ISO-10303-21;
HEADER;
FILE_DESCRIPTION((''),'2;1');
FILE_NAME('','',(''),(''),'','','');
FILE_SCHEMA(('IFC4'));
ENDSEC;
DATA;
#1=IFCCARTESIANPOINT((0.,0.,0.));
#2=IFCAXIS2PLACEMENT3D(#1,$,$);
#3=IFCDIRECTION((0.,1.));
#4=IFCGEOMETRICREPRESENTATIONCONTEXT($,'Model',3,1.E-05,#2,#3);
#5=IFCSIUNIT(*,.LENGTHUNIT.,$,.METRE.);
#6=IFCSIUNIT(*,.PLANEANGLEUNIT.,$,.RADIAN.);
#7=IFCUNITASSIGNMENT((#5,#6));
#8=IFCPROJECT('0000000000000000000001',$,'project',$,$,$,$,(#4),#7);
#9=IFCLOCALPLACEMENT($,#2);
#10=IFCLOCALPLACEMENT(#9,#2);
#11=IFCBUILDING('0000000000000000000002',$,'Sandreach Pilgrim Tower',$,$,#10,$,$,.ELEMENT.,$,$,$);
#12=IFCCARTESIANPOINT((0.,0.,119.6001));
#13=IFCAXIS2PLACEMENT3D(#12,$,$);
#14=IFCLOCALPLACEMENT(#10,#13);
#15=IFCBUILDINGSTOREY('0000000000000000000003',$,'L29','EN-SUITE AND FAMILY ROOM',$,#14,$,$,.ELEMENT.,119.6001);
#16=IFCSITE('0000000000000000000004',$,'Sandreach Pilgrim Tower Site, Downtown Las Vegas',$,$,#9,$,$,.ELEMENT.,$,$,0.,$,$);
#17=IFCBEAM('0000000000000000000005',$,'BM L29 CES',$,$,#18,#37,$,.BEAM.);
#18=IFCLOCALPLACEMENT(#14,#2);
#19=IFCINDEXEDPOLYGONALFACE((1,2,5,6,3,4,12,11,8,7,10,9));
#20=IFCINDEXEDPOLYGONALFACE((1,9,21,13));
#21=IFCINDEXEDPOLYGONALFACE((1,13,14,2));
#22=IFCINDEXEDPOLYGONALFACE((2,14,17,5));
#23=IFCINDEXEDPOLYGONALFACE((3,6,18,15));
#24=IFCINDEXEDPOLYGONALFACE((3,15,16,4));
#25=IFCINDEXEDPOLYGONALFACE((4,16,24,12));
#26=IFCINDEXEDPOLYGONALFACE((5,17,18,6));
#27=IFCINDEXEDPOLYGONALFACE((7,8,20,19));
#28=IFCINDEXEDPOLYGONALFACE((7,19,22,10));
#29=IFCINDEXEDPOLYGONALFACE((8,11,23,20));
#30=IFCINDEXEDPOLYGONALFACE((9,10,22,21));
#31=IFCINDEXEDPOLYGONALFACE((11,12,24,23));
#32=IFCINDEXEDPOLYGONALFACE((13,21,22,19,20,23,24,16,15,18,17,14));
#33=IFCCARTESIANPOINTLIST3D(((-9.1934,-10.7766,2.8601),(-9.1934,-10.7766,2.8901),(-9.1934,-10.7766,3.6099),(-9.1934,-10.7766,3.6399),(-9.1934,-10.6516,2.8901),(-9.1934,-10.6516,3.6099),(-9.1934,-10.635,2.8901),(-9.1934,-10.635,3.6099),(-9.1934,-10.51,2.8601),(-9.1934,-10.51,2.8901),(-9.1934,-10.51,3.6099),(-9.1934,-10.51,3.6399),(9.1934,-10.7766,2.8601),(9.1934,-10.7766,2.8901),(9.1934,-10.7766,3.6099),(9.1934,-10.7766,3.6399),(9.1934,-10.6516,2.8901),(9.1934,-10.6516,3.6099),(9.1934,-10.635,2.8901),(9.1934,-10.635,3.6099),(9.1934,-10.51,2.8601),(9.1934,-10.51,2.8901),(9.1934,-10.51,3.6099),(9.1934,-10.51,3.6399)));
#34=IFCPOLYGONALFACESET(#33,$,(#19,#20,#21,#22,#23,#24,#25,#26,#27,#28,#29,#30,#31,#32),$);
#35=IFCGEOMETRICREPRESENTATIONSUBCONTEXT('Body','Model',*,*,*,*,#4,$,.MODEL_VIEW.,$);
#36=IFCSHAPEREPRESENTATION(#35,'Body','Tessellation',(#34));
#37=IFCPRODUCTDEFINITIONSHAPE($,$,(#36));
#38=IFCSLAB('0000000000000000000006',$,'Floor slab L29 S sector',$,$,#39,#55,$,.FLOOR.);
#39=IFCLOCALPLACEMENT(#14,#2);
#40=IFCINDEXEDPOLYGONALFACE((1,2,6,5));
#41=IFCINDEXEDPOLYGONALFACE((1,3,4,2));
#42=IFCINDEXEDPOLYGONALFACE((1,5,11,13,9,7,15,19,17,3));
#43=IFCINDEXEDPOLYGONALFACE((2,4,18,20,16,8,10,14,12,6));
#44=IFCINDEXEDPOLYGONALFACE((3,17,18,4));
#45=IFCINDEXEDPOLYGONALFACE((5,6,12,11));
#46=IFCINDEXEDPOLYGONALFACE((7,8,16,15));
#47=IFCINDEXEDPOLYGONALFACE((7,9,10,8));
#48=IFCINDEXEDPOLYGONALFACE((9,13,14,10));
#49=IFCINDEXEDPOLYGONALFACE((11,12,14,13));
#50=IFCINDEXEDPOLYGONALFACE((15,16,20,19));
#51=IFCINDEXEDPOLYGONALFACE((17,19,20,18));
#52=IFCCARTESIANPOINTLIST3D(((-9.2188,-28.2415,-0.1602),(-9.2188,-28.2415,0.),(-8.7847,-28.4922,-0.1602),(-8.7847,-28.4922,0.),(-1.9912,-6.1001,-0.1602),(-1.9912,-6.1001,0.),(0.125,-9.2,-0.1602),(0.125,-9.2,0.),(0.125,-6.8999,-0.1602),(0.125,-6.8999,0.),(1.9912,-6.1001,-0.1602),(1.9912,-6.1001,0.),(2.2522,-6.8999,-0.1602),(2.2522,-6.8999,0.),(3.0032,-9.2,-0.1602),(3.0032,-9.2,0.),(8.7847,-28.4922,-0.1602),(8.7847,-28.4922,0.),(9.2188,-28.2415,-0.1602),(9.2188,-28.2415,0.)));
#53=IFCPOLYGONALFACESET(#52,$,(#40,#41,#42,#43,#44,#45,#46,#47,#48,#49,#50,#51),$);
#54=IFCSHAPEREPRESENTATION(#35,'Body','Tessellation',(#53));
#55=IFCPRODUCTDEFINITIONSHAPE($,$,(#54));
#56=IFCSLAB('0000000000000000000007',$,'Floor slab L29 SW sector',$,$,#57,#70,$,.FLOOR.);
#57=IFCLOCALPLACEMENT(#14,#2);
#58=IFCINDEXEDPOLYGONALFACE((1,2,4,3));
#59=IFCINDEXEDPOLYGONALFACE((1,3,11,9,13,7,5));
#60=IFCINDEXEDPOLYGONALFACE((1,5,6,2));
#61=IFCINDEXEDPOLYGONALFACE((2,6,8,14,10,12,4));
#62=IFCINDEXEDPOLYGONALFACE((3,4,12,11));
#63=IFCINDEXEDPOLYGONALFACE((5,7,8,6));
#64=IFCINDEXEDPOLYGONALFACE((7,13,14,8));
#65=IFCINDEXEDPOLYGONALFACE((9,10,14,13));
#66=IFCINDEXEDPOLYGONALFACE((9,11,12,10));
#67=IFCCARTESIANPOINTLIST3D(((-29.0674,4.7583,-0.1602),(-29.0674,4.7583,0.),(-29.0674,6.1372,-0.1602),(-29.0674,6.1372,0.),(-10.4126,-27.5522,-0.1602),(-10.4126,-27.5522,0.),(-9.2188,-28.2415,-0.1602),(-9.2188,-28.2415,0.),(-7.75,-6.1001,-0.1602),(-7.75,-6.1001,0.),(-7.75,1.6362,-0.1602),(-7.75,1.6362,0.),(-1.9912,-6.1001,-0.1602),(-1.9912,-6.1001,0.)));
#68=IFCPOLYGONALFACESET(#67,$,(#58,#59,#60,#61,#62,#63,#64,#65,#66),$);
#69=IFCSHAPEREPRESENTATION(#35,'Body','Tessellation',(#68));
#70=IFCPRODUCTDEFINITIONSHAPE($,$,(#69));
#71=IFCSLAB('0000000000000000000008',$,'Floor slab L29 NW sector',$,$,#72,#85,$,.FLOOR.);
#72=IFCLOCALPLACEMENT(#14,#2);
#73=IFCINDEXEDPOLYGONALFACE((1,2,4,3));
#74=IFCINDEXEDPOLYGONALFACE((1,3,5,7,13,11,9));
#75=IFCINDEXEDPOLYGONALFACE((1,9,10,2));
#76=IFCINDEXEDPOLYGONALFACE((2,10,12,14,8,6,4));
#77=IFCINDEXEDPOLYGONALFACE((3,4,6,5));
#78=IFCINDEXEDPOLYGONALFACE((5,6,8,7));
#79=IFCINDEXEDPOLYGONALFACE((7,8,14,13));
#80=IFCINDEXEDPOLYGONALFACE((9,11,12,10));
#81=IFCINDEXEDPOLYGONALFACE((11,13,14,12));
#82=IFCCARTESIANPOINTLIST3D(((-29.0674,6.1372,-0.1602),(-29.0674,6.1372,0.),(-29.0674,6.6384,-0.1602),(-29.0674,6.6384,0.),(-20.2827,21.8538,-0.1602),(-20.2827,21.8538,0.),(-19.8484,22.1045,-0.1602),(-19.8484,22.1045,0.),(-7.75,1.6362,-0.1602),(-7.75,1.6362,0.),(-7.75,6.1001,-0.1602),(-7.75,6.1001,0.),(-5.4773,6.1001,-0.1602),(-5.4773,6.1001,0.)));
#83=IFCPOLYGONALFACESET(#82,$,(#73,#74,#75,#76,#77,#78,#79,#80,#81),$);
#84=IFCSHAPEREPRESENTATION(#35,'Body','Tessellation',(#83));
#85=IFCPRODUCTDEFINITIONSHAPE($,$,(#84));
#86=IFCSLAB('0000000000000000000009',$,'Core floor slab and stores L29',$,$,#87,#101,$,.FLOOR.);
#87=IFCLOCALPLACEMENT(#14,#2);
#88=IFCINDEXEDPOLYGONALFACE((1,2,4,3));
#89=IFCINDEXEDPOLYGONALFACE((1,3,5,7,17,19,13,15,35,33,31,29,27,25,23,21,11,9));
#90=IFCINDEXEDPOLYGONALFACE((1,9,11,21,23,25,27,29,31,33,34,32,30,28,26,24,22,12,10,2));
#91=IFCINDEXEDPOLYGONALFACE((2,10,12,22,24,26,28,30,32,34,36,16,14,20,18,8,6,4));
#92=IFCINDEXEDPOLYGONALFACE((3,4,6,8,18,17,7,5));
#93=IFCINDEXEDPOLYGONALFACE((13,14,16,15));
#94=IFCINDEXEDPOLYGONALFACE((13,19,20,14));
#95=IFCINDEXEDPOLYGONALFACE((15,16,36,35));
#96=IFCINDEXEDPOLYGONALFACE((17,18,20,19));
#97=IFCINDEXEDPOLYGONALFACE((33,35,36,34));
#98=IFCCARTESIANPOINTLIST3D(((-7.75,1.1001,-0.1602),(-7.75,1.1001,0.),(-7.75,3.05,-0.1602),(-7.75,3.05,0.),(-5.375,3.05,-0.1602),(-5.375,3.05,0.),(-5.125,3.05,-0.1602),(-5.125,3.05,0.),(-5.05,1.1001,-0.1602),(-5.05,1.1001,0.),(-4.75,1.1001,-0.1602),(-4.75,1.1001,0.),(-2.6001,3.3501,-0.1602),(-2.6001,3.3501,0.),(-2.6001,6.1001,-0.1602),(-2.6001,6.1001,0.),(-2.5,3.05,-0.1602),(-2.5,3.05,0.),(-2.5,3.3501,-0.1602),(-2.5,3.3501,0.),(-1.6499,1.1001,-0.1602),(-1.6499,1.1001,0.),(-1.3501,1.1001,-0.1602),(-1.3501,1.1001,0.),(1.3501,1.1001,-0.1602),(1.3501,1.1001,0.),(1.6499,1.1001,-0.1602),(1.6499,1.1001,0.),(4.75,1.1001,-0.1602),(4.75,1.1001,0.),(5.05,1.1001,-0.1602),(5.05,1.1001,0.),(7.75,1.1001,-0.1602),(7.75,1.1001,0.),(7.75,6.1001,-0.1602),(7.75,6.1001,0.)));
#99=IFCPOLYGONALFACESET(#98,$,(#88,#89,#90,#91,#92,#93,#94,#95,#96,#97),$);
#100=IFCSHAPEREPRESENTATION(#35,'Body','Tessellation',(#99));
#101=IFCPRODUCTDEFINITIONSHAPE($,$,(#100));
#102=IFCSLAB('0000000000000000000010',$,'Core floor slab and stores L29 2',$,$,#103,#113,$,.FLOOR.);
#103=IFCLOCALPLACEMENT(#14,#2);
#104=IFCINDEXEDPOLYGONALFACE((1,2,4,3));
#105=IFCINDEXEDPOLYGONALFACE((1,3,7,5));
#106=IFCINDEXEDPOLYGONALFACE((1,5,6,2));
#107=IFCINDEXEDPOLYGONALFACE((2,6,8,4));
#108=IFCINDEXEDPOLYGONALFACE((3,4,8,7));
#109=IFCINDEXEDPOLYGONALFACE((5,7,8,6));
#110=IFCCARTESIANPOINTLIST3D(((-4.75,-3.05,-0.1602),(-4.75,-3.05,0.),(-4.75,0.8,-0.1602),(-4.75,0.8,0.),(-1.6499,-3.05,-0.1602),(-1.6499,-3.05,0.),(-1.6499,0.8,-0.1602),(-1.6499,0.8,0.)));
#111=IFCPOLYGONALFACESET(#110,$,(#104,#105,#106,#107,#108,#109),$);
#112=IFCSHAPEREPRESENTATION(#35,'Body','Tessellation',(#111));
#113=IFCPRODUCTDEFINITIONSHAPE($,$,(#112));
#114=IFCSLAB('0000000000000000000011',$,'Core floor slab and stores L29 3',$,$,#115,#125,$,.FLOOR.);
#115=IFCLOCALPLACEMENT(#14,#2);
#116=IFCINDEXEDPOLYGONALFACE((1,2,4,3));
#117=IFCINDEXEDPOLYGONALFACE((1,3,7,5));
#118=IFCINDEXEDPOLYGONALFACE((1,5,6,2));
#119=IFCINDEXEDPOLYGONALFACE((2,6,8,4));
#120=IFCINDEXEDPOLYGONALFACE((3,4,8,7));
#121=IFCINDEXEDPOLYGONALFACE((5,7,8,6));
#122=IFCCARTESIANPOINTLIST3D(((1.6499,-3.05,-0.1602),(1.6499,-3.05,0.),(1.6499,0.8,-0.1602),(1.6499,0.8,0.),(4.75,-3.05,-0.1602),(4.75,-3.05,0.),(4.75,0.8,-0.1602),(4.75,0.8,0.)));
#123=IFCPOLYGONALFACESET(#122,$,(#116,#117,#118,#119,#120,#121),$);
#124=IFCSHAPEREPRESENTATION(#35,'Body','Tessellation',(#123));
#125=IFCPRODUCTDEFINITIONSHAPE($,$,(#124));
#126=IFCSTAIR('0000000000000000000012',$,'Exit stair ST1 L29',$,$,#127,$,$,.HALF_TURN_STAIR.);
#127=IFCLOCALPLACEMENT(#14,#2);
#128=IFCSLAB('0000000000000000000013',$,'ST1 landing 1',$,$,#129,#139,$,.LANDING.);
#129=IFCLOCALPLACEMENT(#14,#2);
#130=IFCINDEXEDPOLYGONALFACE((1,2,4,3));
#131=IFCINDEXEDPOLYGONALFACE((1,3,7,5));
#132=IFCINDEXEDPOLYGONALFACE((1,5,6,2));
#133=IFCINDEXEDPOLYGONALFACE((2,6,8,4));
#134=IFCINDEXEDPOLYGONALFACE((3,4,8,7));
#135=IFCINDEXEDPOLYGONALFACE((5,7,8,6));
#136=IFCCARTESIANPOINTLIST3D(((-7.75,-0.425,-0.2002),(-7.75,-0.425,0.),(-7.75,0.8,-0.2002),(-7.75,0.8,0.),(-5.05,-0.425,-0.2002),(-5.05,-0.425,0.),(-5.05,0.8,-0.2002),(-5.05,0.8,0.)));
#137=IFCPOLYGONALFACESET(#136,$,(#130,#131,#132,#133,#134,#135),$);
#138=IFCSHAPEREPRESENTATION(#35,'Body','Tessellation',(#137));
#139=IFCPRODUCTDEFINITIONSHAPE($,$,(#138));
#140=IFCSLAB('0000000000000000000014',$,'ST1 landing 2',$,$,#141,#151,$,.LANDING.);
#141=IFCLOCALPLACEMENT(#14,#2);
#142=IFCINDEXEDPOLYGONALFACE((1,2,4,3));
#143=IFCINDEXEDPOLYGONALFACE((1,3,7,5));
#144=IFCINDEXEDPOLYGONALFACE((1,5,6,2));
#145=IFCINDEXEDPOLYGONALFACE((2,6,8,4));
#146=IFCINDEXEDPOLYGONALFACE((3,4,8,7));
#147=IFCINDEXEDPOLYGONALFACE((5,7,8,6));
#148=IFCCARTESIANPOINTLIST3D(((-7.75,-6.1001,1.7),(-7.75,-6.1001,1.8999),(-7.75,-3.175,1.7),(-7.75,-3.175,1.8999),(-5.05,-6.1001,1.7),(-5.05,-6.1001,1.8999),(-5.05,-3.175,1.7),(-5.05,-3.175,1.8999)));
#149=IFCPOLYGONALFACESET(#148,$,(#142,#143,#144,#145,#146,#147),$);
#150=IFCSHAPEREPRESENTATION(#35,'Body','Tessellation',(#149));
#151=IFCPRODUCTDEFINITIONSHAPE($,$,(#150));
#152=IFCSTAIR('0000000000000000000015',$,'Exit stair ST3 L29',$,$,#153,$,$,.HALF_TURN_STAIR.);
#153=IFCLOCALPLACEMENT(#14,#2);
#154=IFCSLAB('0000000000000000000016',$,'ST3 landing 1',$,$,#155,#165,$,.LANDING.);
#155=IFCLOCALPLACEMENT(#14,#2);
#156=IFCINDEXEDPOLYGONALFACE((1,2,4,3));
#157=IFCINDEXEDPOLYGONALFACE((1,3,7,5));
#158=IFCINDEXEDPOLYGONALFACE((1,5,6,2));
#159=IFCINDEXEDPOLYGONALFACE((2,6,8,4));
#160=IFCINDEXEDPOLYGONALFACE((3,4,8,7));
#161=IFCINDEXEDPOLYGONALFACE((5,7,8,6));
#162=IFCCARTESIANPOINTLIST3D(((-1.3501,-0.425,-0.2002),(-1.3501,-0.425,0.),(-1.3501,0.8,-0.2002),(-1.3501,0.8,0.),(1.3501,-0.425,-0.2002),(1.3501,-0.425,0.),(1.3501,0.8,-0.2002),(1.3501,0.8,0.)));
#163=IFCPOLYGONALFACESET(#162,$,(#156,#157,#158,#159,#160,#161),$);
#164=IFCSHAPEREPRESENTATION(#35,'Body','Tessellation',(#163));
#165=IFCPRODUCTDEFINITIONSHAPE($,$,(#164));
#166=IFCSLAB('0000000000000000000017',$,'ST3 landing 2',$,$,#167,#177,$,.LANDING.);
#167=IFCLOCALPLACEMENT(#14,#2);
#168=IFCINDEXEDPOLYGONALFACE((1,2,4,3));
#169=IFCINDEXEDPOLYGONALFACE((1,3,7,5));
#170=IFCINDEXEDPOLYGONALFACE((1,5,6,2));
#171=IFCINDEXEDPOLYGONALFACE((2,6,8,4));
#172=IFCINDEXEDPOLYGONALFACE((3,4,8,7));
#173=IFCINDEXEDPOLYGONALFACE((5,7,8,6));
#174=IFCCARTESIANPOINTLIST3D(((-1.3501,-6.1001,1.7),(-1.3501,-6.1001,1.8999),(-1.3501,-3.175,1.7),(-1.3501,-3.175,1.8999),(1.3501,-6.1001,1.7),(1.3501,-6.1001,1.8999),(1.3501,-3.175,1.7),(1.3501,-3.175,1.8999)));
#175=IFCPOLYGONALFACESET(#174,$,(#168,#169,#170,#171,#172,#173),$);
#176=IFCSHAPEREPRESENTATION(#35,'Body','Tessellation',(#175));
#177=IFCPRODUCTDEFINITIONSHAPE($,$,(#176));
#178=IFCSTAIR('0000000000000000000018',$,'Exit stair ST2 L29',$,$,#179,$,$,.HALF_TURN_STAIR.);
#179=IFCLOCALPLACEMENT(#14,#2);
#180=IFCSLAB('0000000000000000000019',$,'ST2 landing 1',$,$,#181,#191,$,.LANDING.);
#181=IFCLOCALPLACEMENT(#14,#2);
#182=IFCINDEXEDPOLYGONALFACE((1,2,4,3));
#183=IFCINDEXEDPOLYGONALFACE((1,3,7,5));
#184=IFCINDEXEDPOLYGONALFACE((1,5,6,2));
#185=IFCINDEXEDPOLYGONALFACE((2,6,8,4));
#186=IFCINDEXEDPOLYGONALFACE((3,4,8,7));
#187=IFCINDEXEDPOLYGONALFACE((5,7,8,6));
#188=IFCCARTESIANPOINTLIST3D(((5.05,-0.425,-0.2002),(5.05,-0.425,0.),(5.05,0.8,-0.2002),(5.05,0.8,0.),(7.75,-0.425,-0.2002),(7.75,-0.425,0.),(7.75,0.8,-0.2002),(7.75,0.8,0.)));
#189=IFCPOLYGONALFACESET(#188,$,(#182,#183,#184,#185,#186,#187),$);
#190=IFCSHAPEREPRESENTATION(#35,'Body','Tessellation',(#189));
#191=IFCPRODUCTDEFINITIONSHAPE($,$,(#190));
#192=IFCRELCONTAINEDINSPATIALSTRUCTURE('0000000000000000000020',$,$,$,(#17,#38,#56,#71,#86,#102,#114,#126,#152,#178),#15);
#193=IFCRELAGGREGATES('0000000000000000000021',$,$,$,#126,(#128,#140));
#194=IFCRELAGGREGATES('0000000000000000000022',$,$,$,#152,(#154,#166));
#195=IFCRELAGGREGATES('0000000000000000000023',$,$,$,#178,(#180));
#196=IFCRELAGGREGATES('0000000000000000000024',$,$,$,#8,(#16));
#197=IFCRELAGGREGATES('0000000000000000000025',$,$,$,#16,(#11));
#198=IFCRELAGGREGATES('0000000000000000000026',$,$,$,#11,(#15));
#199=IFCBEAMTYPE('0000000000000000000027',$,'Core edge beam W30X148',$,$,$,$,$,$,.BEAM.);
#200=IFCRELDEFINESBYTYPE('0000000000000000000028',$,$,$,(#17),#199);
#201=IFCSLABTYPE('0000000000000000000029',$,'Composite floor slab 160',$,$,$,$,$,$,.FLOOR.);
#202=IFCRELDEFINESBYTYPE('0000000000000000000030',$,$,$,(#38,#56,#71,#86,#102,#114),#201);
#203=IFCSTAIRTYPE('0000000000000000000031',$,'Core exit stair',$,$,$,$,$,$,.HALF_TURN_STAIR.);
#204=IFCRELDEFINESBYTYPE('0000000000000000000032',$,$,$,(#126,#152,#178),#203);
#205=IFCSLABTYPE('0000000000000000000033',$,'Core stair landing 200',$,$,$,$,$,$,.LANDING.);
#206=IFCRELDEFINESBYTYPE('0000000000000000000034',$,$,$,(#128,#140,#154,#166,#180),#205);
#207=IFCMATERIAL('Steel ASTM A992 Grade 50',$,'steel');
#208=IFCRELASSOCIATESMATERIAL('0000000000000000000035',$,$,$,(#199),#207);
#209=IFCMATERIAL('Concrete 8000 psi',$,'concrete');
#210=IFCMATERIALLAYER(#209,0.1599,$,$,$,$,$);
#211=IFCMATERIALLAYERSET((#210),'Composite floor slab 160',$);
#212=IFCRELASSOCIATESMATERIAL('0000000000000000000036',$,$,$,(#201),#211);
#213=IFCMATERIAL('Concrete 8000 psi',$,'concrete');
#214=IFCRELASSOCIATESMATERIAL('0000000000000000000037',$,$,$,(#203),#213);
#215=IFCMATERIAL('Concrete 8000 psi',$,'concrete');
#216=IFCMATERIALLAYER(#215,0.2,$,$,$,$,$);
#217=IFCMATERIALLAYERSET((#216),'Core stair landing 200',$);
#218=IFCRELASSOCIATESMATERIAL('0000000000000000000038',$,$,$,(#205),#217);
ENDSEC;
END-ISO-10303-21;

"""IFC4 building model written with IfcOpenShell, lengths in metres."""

from ifc_helpers import new_model, si_unit, direction, frame, origin, origin_2d, place, context, subcontext, project, spatial, polyline, i_section, outline, extrude, material, layer, layer_set, material_profile, profile_set, type_object, element, aggregate, save


model = new_model("IFC4")

# Units and contexts
model_context = context("Model", 3, precision=1e-05, world=origin(), true_north=direction((0.0, 1.0)))
body_context = subcontext(model_context, "Body", "Model", "MODEL_VIEW")
ifc_project = project(units=[si_unit("LENGTHUNIT", "METRE"), si_unit("PLANEANGLEUNIT", "RADIAN")], contexts=[model_context])

# Site, building, storey
site_placement = place(None, origin())
site = spatial("IfcSite", under=ifc_project, at=site_placement, Name="Sandreach Pilgrim Tower Site, Downtown Las Vegas", CompositionType="ELEMENT", RefElevation=0.0)
building_placement = place(site_placement, origin())
building = spatial("IfcBuilding", under=site, at=building_placement, Name="Sandreach Pilgrim Tower", CompositionType="ELEMENT")
storey_placement = place(building_placement, frame((0.0, 0.0, 119.6001)))
storey = spatial("IfcBuildingStorey", under=building, at=storey_placement, Name="L29", Description="EN-SUITE AND FAMILY ROOM", CompositionType="ELEMENT", Elevation=119.6001)

# Beam
ifc_material_1 = material(Name="Steel ASTM A992 Grade 50", Category="steel")
ifc_material_profile = material_profile(ifc_material_1, i_section(OverallWidth=0.2666, OverallDepth=0.7798, WebThickness=0.0166, FlangeThickness=0.03, at=origin_2d()), Name="W30X148")
ifc_profile_set = profile_set([ifc_material_profile], Name="Steel ASTM A992 Grade 50")
beam_type = type_object("IfcBeamType", Name="Core edge beam W30X148", PredefinedType="BEAM", material=ifc_profile_set)
beam_placement = place(storey_placement, frame((9.1934, -10.6433, 3.25), z_axis=(-1.0, 0.0, 0.0), x_axis=(0.0, -1.0, 0.0)))
element("IfcBeam", 1, at=beam_placement, inside=storey, type_object=beam_type, Name="BM L29 CES", PredefinedType="BEAM", context=body_context, shape_type="SweptSolid", body=[
    extrude(i_section(OverallWidth=0.2666, OverallDepth=0.7798, WebThickness=0.0166, FlangeThickness=0.03, at=origin_2d()), origin(), (0.0, 0.0, 1.0), 18.3867),
])

# Slabs
ifc_material_2 = material(Name="Concrete 8000 psi", Category="concrete")
ifc_layer_1 = layer(ifc_material_2, 0.1599)
ifc_layer_set_1 = layer_set([ifc_layer_1], Name="Composite floor slab 160")
slab_type_1 = type_object("IfcSlabType", Name="Composite floor slab 160", PredefinedType="FLOOR", material=ifc_layer_set_1)
slab_1_placement = place(storey_placement, frame((0.0, 0.0, -0.1602)))
element("IfcSlab", 2, at=slab_1_placement, inside=storey, type_object=slab_type_1, Name="Floor slab L29 S sector", PredefinedType="FLOOR", context=body_context, shape_type="SweptSolid", body=[
    extrude(outline(polyline([(8.7847, -28.4922), (-8.7847, -28.4922), (-9.2188, -28.2415), (-1.9912, -6.1001), (1.9912, -6.1001), (2.2522, -6.8999), (0.125, -6.8999), (0.125, -9.2), (3.0032, -9.2), (9.2188, -28.2415), (8.7847, -28.4922)])), origin(), (0.0, 0.0, 1.0), 0.1602),
])
slab_2_placement = place(storey_placement, frame((0.0, 0.0, -0.1602)))
element("IfcSlab", 3, at=slab_2_placement, inside=storey, type_object=slab_type_1, Name="Floor slab L29 SW sector", PredefinedType="FLOOR", context=body_context, shape_type="SweptSolid", body=[
    extrude(outline(polyline([(-10.4126, -27.5522), (-29.0674, 4.7583), (-29.0674, 6.1372), (-7.75, 1.6362), (-7.75, -6.1001), (-1.9912, -6.1001), (-9.2188, -28.2415), (-10.4126, -27.5522)])), origin(), (0.0, 0.0, 1.0), 0.1602),
])
slab_3_placement = place(storey_placement, frame((0.0, 0.0, -0.1602)))
element("IfcSlab", 4, at=slab_3_placement, inside=storey, type_object=slab_type_1, Name="Floor slab L29 NW sector", PredefinedType="FLOOR", context=body_context, shape_type="SweptSolid", body=[
    extrude(outline(polyline([(-29.0674, 6.6384), (-20.2827, 21.8538), (-19.8484, 22.1045), (-5.4773, 6.1001), (-7.75, 6.1001), (-7.75, 1.6362), (-29.0674, 6.1372), (-29.0674, 6.6384)])), origin(), (0.0, 0.0, 1.0), 0.1602),
])
slab_4_placement = place(storey_placement, frame((0.0, 0.0, -0.1602)))
element("IfcSlab", 5, at=slab_4_placement, inside=storey, type_object=slab_type_1, Name="Core floor slab and stores L29", PredefinedType="FLOOR", context=body_context, shape_type="SweptSolid", body=[
    extrude(outline(polyline([(-7.75, 3.05), (-5.375, 3.05), (-5.125, 3.05), (-2.5, 3.05), (-2.5, 3.3501), (-2.6001, 3.3501), (-2.6001, 6.1001), (7.75, 6.1001), (7.75, 1.1001), (5.05, 1.1001), (4.75, 1.1001), (1.6499, 1.1001), (1.3501, 1.1001), (-1.3501, 1.1001), (-1.6499, 1.1001), (-4.75, 1.1001), (-5.05, 1.1001), (-7.75, 1.1001), (-7.75, 3.05)])), origin(), (0.0, 0.0, 1.0), 0.1602),
])
slab_5_placement = place(storey_placement, frame((0.0, 0.0, -0.1602)))
element("IfcSlab", 6, at=slab_5_placement, inside=storey, type_object=slab_type_1, Name="Core floor slab and stores L29 2", PredefinedType="FLOOR", context=body_context, shape_type="SweptSolid", body=[
    extrude(outline(polyline([(-1.6499, -3.05), (-4.75, -3.05), (-4.75, 0.8), (-1.6499, 0.8), (-1.6499, -3.05)])), origin(), (0.0, 0.0, 1.0), 0.1602),
])
slab_6_placement = place(storey_placement, frame((0.0, 0.0, -0.1602)))
element("IfcSlab", 7, at=slab_6_placement, inside=storey, type_object=slab_type_1, Name="Core floor slab and stores L29 3", PredefinedType="FLOOR", context=body_context, shape_type="SweptSolid", body=[
    extrude(outline(polyline([(4.75, -3.05), (1.6499, -3.05), (1.6499, 0.8), (4.75, 0.8), (4.75, -3.05)])), origin(), (0.0, 0.0, 1.0), 0.1602),
])

# Stairs, slabs
ifc_material_3 = material(Name="Concrete 8000 psi", Category="concrete")
stair_type = type_object("IfcStairType", Name="Core exit stair", PredefinedType="HALF_TURN_STAIR", material=ifc_material_3)
stair_1_placement = place(storey_placement, origin())
stair_1 = element("IfcStair", 8, at=stair_1_placement, inside=storey, type_object=stair_type, Name="Exit stair ST1 L29", PredefinedType="HALF_TURN_STAIR")
ifc_material_4 = material(Name="Concrete 8000 psi", Category="concrete")
ifc_layer_2 = layer(ifc_material_4, 0.2)
ifc_layer_set_2 = layer_set([ifc_layer_2], Name="Core stair landing 200")
slab_type_2 = type_object("IfcSlabType", Name="Core stair landing 200", PredefinedType="LANDING", material=ifc_layer_set_2)
slab_7_placement = place(storey_placement, frame((0.0, 0.0, -0.2002)))
slab_7 = element("IfcSlab", 9, at=slab_7_placement, type_object=slab_type_2, Name="ST1 landing 1", PredefinedType="LANDING", context=body_context, shape_type="SweptSolid", body=[
    extrude(outline(polyline([(-7.75, -0.425), (-5.05, -0.425), (-5.05, 0.8), (-7.75, 0.8), (-7.75, -0.425)])), origin(), (0.0, 0.0, 1.0), 0.2002),
])
slab_8_placement = place(storey_placement, frame((0.0, 0.0, 1.7)))
slab_8 = element("IfcSlab", 10, at=slab_8_placement, type_object=slab_type_2, Name="ST1 landing 2", PredefinedType="LANDING", context=body_context, shape_type="SweptSolid", body=[
    extrude(outline(polyline([(-7.75, -6.1001), (-5.05, -6.1001), (-5.05, -3.175), (-7.75, -3.175), (-7.75, -6.1001)])), origin(), (0.0, 0.0, 1.0), 0.2),
])
aggregate(stair_1, [slab_7, slab_8])
stair_2_placement = place(storey_placement, origin())
stair_2 = element("IfcStair", 11, at=stair_2_placement, inside=storey, type_object=stair_type, Name="Exit stair ST3 L29", PredefinedType="HALF_TURN_STAIR")
slab_9_placement = place(storey_placement, frame((0.0, 0.0, -0.2002)))
slab_9 = element("IfcSlab", 12, at=slab_9_placement, type_object=slab_type_2, Name="ST3 landing 1", PredefinedType="LANDING", context=body_context, shape_type="SweptSolid", body=[
    extrude(outline(polyline([(-1.3501, -0.425), (1.3501, -0.425), (1.3501, 0.8), (-1.3501, 0.8), (-1.3501, -0.425)])), origin(), (0.0, 0.0, 1.0), 0.2002),
])
slab_10_placement = place(storey_placement, frame((0.0, 0.0, 1.7)))
slab_10 = element("IfcSlab", 13, at=slab_10_placement, type_object=slab_type_2, Name="ST3 landing 2", PredefinedType="LANDING", context=body_context, shape_type="SweptSolid", body=[
    extrude(outline(polyline([(-1.3501, -6.1001), (1.3501, -6.1001), (1.3501, -3.175), (-1.3501, -3.175), (-1.3501, -6.1001)])), origin(), (0.0, 0.0, 1.0), 0.2),
])
stair_3_placement = place(storey_placement, origin())
stair_3 = element("IfcStair", 14, at=stair_3_placement, inside=storey, type_object=stair_type, Name="Exit stair ST2 L29", PredefinedType="HALF_TURN_STAIR")
slab_11_placement = place(storey_placement, frame((0.0, 0.0, -0.2002)))
slab_11 = element("IfcSlab", 15, at=slab_11_placement, type_object=slab_type_2, Name="ST2 landing 1", PredefinedType="LANDING", context=body_context, shape_type="SweptSolid", body=[
    extrude(outline(polyline([(5.05, -0.425), (7.75, -0.425), (7.75, 0.8), (5.05, 0.8), (5.05, -0.425)])), origin(), (0.0, 0.0, 1.0), 0.2002),
])

aggregate(stair_2, [slab_9, slab_10])
aggregate(stair_3, [slab_11])

save(model, "model.ifc")
